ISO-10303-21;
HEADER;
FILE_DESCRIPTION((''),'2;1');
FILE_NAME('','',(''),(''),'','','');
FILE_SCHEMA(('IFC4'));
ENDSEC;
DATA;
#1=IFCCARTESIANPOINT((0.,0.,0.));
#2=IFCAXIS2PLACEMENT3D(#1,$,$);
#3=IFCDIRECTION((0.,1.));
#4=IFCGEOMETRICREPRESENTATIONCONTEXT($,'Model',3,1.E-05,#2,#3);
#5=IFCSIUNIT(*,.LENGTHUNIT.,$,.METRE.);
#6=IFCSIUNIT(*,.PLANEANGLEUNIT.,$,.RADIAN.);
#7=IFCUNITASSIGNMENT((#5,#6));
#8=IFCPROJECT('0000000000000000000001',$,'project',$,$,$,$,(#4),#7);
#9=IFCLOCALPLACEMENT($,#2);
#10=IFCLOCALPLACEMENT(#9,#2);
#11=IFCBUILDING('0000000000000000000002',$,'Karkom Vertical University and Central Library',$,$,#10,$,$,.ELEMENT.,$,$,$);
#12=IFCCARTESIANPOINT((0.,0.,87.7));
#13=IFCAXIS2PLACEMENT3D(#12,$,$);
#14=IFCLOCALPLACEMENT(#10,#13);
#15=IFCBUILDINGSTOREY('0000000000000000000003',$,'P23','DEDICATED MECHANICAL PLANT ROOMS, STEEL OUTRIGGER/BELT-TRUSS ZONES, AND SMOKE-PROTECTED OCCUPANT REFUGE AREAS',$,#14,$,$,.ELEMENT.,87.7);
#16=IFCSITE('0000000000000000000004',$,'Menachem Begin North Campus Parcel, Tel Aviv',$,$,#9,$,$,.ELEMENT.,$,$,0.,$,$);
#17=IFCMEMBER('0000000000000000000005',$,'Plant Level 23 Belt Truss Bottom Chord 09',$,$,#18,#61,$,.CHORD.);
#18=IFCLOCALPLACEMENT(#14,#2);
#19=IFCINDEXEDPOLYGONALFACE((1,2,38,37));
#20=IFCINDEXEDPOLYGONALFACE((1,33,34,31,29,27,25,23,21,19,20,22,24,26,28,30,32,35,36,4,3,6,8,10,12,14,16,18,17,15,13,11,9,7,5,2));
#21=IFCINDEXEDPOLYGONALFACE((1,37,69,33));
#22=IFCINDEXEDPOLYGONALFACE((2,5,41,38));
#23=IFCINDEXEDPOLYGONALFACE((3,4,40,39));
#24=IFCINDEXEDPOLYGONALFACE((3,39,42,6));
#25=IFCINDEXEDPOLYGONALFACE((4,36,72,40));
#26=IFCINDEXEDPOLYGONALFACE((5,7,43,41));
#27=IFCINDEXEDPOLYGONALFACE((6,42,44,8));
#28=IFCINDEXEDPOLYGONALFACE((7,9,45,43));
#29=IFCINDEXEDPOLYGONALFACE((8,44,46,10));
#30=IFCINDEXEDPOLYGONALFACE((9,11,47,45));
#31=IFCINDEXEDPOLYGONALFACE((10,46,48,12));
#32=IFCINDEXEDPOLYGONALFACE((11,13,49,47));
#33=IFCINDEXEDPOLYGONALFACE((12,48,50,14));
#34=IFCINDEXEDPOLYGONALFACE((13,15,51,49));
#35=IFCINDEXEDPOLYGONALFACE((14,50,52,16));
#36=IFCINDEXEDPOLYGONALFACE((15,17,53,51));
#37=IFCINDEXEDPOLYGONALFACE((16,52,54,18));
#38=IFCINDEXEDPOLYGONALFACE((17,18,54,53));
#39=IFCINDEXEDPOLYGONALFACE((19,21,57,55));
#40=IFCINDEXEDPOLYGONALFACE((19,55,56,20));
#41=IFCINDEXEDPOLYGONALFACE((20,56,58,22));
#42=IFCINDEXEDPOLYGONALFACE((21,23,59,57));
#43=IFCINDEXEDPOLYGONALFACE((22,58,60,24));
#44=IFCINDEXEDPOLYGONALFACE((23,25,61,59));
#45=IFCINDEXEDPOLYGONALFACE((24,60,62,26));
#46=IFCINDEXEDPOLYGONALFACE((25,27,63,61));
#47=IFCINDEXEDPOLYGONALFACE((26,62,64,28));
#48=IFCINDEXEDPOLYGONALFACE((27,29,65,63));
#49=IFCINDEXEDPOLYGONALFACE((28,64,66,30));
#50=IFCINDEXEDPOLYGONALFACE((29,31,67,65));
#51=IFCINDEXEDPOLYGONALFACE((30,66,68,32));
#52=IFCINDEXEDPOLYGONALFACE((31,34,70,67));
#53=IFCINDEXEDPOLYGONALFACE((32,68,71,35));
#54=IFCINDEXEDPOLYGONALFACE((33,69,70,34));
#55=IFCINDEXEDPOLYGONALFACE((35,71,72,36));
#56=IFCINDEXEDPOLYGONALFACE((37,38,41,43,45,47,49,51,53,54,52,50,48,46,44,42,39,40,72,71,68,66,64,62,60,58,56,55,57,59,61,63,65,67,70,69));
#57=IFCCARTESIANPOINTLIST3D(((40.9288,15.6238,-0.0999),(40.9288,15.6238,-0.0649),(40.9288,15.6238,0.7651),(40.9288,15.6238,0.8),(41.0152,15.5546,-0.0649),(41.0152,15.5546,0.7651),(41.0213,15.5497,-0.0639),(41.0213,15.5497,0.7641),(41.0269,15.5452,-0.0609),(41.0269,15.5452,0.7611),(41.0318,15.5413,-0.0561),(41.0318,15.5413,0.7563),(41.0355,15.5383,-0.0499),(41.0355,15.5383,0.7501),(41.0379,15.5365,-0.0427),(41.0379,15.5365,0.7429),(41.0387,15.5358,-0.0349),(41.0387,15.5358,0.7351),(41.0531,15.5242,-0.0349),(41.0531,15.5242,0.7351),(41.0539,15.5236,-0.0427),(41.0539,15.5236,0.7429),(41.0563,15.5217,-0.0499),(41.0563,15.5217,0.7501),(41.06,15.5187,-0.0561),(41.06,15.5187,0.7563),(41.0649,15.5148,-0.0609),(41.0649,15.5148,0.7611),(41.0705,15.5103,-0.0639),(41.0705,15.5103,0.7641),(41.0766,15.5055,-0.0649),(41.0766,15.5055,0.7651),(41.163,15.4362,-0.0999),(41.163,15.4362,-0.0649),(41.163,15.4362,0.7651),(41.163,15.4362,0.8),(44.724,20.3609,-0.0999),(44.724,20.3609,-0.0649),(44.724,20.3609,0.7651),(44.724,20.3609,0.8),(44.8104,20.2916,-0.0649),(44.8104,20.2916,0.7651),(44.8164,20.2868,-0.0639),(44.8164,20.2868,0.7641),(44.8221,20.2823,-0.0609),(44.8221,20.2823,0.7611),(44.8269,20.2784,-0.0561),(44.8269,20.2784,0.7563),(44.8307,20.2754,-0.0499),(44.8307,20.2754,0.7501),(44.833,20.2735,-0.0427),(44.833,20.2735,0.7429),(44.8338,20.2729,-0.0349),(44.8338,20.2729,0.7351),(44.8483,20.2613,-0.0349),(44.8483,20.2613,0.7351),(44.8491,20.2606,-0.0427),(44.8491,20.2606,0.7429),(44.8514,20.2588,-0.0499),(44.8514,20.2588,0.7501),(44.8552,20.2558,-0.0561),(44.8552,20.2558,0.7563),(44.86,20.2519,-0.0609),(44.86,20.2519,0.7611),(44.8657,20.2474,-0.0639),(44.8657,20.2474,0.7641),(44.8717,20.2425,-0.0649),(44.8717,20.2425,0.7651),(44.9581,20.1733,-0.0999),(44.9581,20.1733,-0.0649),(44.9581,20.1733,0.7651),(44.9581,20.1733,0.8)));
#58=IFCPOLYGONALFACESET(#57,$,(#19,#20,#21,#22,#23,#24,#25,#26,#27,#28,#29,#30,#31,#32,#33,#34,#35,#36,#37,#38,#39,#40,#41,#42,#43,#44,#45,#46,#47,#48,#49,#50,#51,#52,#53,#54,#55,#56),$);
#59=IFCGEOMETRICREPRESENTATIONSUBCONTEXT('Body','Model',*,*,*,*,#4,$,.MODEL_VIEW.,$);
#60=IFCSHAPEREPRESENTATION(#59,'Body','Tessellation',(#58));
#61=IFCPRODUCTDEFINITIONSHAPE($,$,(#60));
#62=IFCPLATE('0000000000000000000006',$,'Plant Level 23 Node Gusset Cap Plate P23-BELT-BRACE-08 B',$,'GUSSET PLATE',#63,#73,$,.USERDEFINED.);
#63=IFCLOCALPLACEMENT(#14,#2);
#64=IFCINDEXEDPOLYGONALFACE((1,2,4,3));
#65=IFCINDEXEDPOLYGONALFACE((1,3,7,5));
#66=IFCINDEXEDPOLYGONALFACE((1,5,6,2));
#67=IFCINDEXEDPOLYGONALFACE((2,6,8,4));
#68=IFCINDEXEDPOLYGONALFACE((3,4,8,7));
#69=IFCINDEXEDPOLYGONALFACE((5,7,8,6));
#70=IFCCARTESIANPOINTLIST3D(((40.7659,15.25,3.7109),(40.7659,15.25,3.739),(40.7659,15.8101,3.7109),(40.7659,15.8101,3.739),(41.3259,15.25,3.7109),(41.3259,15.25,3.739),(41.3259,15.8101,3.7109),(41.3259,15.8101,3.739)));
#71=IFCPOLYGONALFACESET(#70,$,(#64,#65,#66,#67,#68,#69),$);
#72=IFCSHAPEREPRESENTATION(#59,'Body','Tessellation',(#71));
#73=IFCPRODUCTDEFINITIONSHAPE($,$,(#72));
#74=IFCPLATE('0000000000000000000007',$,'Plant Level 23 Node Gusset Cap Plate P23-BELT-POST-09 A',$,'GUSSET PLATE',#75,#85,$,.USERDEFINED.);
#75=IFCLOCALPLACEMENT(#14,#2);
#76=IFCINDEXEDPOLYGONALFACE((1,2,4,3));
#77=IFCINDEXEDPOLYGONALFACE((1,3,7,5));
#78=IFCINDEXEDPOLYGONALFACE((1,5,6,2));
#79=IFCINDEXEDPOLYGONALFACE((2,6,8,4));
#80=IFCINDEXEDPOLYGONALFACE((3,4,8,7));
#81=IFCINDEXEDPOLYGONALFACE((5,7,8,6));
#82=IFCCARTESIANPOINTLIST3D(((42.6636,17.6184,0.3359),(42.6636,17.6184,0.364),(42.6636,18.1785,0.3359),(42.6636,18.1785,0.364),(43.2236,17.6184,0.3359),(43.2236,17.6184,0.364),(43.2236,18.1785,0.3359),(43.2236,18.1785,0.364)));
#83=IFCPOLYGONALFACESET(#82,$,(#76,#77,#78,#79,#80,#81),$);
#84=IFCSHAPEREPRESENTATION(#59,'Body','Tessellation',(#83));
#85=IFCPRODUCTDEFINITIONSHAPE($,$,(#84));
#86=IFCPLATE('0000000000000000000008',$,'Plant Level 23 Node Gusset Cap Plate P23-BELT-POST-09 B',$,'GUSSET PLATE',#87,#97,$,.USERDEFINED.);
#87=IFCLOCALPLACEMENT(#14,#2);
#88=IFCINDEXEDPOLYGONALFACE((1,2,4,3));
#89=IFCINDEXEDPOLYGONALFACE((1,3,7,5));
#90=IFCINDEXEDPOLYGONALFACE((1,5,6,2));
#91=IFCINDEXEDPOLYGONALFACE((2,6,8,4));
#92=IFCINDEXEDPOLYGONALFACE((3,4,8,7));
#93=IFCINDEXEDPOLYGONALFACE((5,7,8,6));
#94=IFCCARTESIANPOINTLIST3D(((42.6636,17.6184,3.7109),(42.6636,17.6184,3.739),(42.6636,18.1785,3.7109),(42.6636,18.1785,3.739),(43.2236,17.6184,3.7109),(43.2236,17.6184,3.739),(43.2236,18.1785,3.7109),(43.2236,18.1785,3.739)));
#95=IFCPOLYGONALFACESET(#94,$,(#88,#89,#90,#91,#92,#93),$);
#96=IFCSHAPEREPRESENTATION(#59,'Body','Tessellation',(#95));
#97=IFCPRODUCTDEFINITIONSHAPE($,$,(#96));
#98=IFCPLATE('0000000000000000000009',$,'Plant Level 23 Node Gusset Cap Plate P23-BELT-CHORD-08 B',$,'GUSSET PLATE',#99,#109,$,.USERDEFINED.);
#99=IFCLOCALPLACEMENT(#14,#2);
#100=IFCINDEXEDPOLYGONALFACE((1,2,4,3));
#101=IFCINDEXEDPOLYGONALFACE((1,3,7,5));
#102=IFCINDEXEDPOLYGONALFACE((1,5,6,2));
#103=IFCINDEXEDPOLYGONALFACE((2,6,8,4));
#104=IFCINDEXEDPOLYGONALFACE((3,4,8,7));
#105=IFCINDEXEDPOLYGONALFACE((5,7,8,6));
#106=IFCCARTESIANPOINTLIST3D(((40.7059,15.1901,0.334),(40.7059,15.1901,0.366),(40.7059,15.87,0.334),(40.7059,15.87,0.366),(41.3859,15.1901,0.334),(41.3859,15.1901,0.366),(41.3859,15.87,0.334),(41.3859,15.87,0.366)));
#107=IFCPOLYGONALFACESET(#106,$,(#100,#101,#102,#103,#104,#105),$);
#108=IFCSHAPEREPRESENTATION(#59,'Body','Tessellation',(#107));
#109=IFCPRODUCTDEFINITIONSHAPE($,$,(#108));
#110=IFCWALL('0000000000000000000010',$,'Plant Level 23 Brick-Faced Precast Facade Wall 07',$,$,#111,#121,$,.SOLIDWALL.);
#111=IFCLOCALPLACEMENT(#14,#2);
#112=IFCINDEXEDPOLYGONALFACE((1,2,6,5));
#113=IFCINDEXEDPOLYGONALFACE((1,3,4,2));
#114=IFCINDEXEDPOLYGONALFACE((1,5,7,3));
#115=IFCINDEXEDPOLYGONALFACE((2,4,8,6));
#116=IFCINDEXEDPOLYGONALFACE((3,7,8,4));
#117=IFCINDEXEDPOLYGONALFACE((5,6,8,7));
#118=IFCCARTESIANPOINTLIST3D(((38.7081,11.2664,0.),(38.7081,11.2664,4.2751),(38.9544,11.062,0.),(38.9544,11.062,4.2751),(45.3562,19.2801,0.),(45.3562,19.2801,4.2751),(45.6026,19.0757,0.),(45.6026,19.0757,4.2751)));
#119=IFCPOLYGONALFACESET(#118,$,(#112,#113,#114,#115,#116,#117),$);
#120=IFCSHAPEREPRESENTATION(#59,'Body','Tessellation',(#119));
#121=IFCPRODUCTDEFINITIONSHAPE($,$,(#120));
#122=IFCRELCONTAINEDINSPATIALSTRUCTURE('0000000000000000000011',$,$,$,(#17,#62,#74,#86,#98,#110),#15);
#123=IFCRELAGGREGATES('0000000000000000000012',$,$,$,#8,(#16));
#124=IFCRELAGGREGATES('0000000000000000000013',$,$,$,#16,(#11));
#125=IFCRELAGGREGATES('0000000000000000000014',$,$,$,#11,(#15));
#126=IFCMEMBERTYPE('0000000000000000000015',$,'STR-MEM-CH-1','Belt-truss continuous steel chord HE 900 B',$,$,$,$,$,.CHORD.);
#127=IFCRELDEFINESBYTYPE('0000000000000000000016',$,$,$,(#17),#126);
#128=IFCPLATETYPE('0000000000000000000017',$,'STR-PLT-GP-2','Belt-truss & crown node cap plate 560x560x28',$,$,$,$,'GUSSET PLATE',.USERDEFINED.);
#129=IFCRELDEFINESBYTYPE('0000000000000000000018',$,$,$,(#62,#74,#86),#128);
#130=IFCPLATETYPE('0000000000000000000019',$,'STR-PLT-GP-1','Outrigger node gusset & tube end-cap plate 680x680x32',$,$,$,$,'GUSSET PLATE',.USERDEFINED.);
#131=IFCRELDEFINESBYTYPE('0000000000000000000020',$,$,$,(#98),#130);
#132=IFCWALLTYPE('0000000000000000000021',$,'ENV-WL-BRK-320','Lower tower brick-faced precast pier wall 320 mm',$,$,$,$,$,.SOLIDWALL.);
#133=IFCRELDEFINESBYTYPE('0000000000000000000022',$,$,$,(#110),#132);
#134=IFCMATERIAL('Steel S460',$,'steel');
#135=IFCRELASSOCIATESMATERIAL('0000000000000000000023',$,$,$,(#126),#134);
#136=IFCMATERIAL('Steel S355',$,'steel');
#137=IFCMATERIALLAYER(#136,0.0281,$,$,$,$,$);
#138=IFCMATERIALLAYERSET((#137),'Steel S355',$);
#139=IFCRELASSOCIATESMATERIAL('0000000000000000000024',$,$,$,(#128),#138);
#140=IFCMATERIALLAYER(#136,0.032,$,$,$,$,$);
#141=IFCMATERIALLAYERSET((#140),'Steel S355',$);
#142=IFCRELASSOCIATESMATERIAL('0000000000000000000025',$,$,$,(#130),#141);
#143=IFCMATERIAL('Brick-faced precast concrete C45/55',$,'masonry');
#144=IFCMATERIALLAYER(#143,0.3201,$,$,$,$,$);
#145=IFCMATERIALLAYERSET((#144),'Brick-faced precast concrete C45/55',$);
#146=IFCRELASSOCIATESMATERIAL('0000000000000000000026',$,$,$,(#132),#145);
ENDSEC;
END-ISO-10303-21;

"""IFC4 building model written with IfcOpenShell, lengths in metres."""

from ifc_helpers import new_model, si_unit, direction, frame, frame_2d, origin, origin_with_axes, origin_2d, place, context, subcontext, project, spatial, rectangle, i_section, extrude, source, transform, mapped, material, layer, layer_set, material_profile, profile_set, type_object, element, save


model = new_model("IFC4")

# Units and contexts
model_context = context("Model", 3, precision=1e-05, world=origin(), true_north=direction((0.0, 1.0)))
body_context = subcontext(model_context, "Body", "Model", "MODEL_VIEW")
ifc_project = project(units=[si_unit("LENGTHUNIT", "METRE"), si_unit("PLANEANGLEUNIT", "RADIAN")], contexts=[model_context])

# Site, building, storey
site_placement = place(None, origin())
site = spatial("IfcSite", under=ifc_project, at=site_placement, Name="Menachem Begin North Campus Parcel, Tel Aviv", CompositionType="ELEMENT", RefElevation=0.0)
building_placement = place(site_placement, origin())
building = spatial("IfcBuilding", under=site, at=building_placement, Name="Karkom Vertical University and Central Library", CompositionType="ELEMENT")
storey_placement = place(building_placement, frame((0.0, 0.0, 87.7)))
storey = spatial("IfcBuildingStorey", under=building, at=storey_placement, Name="P23", Description="DEDICATED MECHANICAL PLANT ROOMS, STEEL OUTRIGGER/BELT-TRUSS ZONES, AND SMOKE-PROTECTED OCCUPANT REFUGE AREAS", CompositionType="ELEMENT", Elevation=87.7)

# Shared definitions
ifc_material_1 = material(Name="Steel S355", Category="steel")
ifc_material_2 = material(Name="Steel S460", Category="steel")

# Member
ifc_material_profile_1 = material_profile(ifc_material_2, i_section(OverallWidth=0.3, OverallDepth=0.8999, WebThickness=0.0186, FlangeThickness=0.0349, FilletRadius=0.03, at=origin_2d()), Name="HE 900 B")
ifc_profile_set_1 = profile_set([ifc_material_profile_1], Name="Steel S460")
member_type_1 = type_object("IfcMemberType", Name="STR-MEM-CH-1", Description="Belt-truss continuous steel chord HE 900 B", PredefinedType="CHORD", material=ifc_profile_set_1)
shared_shape_1 = source(origin_with_axes(), body_context, "Body", "SweptSolid", [
    extrude(i_section(OverallWidth=0.3, OverallDepth=0.8999, WebThickness=0.0186, FlangeThickness=0.0349, FilletRadius=0.03, at=origin_2d()), origin(), (0.0, 0.0, 1.0), 6.0698),
])
member_1_placement = place(storey_placement, frame((41.0459, 15.53, 0.3501), z_axis=(0.625249, 0.780425, 0.0), x_axis=(-0.780425, 0.625249, 0.0)))
element("IfcMember", 1, at=member_1_placement, inside=storey, type_object=member_type_1, Name="Plant Level 23 Belt Truss Bottom Chord 09", PredefinedType="CHORD", context=body_context, shape_type="MappedRepresentation", body=[
    mapped(shared_shape_1, transform((0.0, 0.0, 0.0), scale=1.0)),
])

# Plates
ifc_layer_1 = layer(ifc_material_1, 0.0281)
ifc_layer_set_1 = layer_set([ifc_layer_1], Name="Steel S355")
plate_type_1 = type_object("IfcPlateType", Name="STR-PLT-GP-2", Description="Belt-truss & crown node cap plate 560x560x28", ElementType="GUSSET PLATE", PredefinedType="USERDEFINED", material=ifc_layer_set_1)
shared_shape_2 = source(origin_with_axes(), body_context, "Body", "SweptSolid", [
    extrude(rectangle(XDim=0.5601, YDim=0.5601, at=origin_2d()), origin(), (0.0, 0.0, 1.0), 0.0281),
])
for number, where, z_axis, x_axis, name in (
    (2, (41.0459, 15.53, 3.7109), (0.0, 0.0, 1.0), (1.0, 0.0, 0.0), "Plant Level 23 Node Gusset Cap Plate P23-BELT-BRACE-08 B"),
    (3, (42.9436, 17.8984, 0.3359), (0.0, 0.0, 1.0), (1.0, 0.0, 0.0), "Plant Level 23 Node Gusset Cap Plate P23-BELT-POST-09 A"),
    (4, (42.9436, 17.8984, 3.7109), (0.0, 0.0, 1.0), (1.0, 0.0, 0.0), "Plant Level 23 Node Gusset Cap Plate P23-BELT-POST-09 B"),
):
    element("IfcPlate", number, at=place(storey_placement, frame(where, z_axis=z_axis, x_axis=x_axis)), inside=storey, type_object=plate_type_1, Name=name, ObjectType="GUSSET PLATE", PredefinedType="USERDEFINED", context=body_context, shape_type="MappedRepresentation", body=[
        mapped(shared_shape_2, transform((0.0, 0.0, 0.0), scale=1.0)),
    ])
ifc_layer_2 = layer(ifc_material_1, 0.032)
ifc_layer_set_2 = layer_set([ifc_layer_2], Name="Steel S355")
plate_type_2 = type_object("IfcPlateType", Name="STR-PLT-GP-1", Description="Outrigger node gusset & tube end-cap plate 680x680x32", ElementType="GUSSET PLATE", PredefinedType="USERDEFINED", material=ifc_layer_set_2)
shared_shape_3 = source(origin_with_axes(), body_context, "Body", "SweptSolid", [
    extrude(rectangle(XDim=0.6799, YDim=0.6799, at=origin_2d()), origin(), (0.0, 0.0, 1.0), 0.032),
])
plate_placement = place(storey_placement, frame((41.0459, 15.53, 0.334), z_axis=(0.0, 0.0, 1.0), x_axis=(1.0, 0.0, 0.0)))
element("IfcPlate", 5, at=plate_placement, inside=storey, type_object=plate_type_2, Name="Plant Level 23 Node Gusset Cap Plate P23-BELT-CHORD-08 B", ObjectType="GUSSET PLATE", PredefinedType="USERDEFINED", context=body_context, shape_type="MappedRepresentation", body=[
    mapped(shared_shape_3, transform((0.0, 0.0, 0.0), scale=1.0)),
])

# Wall
ifc_material_3 = material(Name="Brick-faced precast concrete C45/55", Category="masonry")
ifc_layer_3 = layer(ifc_material_3, 0.3201)
ifc_layer_set_3 = layer_set([ifc_layer_3], Name="Brick-faced precast concrete C45/55")
wall_type_1 = type_object("IfcWallType", Name="ENV-WL-BRK-320", Description="Lower tower brick-faced precast pier wall 320 mm", PredefinedType="SOLIDWALL", material=ifc_layer_set_3)
wall_1_placement = place(storey_placement, frame((38.8313, 11.1643, 0.0), z_axis=(0.0, 0.0, 1.0), x_axis=(0.63849, 0.76963, 0.0)))
element("IfcWall", 6, at=wall_1_placement, inside=storey, type_object=wall_type_1, Name="Plant Level 23 Brick-Faced Precast Facade Wall 07", PredefinedType="SOLIDWALL", context=body_context, shape_type="SweptSolid", body=[
    extrude(rectangle(XDim=10.4124, YDim=0.3201, at=frame_2d((5.2061, 0.0))), origin(), (0.0, 0.0, 1.0), 4.2751),
])

save(model, "model.ifc")
